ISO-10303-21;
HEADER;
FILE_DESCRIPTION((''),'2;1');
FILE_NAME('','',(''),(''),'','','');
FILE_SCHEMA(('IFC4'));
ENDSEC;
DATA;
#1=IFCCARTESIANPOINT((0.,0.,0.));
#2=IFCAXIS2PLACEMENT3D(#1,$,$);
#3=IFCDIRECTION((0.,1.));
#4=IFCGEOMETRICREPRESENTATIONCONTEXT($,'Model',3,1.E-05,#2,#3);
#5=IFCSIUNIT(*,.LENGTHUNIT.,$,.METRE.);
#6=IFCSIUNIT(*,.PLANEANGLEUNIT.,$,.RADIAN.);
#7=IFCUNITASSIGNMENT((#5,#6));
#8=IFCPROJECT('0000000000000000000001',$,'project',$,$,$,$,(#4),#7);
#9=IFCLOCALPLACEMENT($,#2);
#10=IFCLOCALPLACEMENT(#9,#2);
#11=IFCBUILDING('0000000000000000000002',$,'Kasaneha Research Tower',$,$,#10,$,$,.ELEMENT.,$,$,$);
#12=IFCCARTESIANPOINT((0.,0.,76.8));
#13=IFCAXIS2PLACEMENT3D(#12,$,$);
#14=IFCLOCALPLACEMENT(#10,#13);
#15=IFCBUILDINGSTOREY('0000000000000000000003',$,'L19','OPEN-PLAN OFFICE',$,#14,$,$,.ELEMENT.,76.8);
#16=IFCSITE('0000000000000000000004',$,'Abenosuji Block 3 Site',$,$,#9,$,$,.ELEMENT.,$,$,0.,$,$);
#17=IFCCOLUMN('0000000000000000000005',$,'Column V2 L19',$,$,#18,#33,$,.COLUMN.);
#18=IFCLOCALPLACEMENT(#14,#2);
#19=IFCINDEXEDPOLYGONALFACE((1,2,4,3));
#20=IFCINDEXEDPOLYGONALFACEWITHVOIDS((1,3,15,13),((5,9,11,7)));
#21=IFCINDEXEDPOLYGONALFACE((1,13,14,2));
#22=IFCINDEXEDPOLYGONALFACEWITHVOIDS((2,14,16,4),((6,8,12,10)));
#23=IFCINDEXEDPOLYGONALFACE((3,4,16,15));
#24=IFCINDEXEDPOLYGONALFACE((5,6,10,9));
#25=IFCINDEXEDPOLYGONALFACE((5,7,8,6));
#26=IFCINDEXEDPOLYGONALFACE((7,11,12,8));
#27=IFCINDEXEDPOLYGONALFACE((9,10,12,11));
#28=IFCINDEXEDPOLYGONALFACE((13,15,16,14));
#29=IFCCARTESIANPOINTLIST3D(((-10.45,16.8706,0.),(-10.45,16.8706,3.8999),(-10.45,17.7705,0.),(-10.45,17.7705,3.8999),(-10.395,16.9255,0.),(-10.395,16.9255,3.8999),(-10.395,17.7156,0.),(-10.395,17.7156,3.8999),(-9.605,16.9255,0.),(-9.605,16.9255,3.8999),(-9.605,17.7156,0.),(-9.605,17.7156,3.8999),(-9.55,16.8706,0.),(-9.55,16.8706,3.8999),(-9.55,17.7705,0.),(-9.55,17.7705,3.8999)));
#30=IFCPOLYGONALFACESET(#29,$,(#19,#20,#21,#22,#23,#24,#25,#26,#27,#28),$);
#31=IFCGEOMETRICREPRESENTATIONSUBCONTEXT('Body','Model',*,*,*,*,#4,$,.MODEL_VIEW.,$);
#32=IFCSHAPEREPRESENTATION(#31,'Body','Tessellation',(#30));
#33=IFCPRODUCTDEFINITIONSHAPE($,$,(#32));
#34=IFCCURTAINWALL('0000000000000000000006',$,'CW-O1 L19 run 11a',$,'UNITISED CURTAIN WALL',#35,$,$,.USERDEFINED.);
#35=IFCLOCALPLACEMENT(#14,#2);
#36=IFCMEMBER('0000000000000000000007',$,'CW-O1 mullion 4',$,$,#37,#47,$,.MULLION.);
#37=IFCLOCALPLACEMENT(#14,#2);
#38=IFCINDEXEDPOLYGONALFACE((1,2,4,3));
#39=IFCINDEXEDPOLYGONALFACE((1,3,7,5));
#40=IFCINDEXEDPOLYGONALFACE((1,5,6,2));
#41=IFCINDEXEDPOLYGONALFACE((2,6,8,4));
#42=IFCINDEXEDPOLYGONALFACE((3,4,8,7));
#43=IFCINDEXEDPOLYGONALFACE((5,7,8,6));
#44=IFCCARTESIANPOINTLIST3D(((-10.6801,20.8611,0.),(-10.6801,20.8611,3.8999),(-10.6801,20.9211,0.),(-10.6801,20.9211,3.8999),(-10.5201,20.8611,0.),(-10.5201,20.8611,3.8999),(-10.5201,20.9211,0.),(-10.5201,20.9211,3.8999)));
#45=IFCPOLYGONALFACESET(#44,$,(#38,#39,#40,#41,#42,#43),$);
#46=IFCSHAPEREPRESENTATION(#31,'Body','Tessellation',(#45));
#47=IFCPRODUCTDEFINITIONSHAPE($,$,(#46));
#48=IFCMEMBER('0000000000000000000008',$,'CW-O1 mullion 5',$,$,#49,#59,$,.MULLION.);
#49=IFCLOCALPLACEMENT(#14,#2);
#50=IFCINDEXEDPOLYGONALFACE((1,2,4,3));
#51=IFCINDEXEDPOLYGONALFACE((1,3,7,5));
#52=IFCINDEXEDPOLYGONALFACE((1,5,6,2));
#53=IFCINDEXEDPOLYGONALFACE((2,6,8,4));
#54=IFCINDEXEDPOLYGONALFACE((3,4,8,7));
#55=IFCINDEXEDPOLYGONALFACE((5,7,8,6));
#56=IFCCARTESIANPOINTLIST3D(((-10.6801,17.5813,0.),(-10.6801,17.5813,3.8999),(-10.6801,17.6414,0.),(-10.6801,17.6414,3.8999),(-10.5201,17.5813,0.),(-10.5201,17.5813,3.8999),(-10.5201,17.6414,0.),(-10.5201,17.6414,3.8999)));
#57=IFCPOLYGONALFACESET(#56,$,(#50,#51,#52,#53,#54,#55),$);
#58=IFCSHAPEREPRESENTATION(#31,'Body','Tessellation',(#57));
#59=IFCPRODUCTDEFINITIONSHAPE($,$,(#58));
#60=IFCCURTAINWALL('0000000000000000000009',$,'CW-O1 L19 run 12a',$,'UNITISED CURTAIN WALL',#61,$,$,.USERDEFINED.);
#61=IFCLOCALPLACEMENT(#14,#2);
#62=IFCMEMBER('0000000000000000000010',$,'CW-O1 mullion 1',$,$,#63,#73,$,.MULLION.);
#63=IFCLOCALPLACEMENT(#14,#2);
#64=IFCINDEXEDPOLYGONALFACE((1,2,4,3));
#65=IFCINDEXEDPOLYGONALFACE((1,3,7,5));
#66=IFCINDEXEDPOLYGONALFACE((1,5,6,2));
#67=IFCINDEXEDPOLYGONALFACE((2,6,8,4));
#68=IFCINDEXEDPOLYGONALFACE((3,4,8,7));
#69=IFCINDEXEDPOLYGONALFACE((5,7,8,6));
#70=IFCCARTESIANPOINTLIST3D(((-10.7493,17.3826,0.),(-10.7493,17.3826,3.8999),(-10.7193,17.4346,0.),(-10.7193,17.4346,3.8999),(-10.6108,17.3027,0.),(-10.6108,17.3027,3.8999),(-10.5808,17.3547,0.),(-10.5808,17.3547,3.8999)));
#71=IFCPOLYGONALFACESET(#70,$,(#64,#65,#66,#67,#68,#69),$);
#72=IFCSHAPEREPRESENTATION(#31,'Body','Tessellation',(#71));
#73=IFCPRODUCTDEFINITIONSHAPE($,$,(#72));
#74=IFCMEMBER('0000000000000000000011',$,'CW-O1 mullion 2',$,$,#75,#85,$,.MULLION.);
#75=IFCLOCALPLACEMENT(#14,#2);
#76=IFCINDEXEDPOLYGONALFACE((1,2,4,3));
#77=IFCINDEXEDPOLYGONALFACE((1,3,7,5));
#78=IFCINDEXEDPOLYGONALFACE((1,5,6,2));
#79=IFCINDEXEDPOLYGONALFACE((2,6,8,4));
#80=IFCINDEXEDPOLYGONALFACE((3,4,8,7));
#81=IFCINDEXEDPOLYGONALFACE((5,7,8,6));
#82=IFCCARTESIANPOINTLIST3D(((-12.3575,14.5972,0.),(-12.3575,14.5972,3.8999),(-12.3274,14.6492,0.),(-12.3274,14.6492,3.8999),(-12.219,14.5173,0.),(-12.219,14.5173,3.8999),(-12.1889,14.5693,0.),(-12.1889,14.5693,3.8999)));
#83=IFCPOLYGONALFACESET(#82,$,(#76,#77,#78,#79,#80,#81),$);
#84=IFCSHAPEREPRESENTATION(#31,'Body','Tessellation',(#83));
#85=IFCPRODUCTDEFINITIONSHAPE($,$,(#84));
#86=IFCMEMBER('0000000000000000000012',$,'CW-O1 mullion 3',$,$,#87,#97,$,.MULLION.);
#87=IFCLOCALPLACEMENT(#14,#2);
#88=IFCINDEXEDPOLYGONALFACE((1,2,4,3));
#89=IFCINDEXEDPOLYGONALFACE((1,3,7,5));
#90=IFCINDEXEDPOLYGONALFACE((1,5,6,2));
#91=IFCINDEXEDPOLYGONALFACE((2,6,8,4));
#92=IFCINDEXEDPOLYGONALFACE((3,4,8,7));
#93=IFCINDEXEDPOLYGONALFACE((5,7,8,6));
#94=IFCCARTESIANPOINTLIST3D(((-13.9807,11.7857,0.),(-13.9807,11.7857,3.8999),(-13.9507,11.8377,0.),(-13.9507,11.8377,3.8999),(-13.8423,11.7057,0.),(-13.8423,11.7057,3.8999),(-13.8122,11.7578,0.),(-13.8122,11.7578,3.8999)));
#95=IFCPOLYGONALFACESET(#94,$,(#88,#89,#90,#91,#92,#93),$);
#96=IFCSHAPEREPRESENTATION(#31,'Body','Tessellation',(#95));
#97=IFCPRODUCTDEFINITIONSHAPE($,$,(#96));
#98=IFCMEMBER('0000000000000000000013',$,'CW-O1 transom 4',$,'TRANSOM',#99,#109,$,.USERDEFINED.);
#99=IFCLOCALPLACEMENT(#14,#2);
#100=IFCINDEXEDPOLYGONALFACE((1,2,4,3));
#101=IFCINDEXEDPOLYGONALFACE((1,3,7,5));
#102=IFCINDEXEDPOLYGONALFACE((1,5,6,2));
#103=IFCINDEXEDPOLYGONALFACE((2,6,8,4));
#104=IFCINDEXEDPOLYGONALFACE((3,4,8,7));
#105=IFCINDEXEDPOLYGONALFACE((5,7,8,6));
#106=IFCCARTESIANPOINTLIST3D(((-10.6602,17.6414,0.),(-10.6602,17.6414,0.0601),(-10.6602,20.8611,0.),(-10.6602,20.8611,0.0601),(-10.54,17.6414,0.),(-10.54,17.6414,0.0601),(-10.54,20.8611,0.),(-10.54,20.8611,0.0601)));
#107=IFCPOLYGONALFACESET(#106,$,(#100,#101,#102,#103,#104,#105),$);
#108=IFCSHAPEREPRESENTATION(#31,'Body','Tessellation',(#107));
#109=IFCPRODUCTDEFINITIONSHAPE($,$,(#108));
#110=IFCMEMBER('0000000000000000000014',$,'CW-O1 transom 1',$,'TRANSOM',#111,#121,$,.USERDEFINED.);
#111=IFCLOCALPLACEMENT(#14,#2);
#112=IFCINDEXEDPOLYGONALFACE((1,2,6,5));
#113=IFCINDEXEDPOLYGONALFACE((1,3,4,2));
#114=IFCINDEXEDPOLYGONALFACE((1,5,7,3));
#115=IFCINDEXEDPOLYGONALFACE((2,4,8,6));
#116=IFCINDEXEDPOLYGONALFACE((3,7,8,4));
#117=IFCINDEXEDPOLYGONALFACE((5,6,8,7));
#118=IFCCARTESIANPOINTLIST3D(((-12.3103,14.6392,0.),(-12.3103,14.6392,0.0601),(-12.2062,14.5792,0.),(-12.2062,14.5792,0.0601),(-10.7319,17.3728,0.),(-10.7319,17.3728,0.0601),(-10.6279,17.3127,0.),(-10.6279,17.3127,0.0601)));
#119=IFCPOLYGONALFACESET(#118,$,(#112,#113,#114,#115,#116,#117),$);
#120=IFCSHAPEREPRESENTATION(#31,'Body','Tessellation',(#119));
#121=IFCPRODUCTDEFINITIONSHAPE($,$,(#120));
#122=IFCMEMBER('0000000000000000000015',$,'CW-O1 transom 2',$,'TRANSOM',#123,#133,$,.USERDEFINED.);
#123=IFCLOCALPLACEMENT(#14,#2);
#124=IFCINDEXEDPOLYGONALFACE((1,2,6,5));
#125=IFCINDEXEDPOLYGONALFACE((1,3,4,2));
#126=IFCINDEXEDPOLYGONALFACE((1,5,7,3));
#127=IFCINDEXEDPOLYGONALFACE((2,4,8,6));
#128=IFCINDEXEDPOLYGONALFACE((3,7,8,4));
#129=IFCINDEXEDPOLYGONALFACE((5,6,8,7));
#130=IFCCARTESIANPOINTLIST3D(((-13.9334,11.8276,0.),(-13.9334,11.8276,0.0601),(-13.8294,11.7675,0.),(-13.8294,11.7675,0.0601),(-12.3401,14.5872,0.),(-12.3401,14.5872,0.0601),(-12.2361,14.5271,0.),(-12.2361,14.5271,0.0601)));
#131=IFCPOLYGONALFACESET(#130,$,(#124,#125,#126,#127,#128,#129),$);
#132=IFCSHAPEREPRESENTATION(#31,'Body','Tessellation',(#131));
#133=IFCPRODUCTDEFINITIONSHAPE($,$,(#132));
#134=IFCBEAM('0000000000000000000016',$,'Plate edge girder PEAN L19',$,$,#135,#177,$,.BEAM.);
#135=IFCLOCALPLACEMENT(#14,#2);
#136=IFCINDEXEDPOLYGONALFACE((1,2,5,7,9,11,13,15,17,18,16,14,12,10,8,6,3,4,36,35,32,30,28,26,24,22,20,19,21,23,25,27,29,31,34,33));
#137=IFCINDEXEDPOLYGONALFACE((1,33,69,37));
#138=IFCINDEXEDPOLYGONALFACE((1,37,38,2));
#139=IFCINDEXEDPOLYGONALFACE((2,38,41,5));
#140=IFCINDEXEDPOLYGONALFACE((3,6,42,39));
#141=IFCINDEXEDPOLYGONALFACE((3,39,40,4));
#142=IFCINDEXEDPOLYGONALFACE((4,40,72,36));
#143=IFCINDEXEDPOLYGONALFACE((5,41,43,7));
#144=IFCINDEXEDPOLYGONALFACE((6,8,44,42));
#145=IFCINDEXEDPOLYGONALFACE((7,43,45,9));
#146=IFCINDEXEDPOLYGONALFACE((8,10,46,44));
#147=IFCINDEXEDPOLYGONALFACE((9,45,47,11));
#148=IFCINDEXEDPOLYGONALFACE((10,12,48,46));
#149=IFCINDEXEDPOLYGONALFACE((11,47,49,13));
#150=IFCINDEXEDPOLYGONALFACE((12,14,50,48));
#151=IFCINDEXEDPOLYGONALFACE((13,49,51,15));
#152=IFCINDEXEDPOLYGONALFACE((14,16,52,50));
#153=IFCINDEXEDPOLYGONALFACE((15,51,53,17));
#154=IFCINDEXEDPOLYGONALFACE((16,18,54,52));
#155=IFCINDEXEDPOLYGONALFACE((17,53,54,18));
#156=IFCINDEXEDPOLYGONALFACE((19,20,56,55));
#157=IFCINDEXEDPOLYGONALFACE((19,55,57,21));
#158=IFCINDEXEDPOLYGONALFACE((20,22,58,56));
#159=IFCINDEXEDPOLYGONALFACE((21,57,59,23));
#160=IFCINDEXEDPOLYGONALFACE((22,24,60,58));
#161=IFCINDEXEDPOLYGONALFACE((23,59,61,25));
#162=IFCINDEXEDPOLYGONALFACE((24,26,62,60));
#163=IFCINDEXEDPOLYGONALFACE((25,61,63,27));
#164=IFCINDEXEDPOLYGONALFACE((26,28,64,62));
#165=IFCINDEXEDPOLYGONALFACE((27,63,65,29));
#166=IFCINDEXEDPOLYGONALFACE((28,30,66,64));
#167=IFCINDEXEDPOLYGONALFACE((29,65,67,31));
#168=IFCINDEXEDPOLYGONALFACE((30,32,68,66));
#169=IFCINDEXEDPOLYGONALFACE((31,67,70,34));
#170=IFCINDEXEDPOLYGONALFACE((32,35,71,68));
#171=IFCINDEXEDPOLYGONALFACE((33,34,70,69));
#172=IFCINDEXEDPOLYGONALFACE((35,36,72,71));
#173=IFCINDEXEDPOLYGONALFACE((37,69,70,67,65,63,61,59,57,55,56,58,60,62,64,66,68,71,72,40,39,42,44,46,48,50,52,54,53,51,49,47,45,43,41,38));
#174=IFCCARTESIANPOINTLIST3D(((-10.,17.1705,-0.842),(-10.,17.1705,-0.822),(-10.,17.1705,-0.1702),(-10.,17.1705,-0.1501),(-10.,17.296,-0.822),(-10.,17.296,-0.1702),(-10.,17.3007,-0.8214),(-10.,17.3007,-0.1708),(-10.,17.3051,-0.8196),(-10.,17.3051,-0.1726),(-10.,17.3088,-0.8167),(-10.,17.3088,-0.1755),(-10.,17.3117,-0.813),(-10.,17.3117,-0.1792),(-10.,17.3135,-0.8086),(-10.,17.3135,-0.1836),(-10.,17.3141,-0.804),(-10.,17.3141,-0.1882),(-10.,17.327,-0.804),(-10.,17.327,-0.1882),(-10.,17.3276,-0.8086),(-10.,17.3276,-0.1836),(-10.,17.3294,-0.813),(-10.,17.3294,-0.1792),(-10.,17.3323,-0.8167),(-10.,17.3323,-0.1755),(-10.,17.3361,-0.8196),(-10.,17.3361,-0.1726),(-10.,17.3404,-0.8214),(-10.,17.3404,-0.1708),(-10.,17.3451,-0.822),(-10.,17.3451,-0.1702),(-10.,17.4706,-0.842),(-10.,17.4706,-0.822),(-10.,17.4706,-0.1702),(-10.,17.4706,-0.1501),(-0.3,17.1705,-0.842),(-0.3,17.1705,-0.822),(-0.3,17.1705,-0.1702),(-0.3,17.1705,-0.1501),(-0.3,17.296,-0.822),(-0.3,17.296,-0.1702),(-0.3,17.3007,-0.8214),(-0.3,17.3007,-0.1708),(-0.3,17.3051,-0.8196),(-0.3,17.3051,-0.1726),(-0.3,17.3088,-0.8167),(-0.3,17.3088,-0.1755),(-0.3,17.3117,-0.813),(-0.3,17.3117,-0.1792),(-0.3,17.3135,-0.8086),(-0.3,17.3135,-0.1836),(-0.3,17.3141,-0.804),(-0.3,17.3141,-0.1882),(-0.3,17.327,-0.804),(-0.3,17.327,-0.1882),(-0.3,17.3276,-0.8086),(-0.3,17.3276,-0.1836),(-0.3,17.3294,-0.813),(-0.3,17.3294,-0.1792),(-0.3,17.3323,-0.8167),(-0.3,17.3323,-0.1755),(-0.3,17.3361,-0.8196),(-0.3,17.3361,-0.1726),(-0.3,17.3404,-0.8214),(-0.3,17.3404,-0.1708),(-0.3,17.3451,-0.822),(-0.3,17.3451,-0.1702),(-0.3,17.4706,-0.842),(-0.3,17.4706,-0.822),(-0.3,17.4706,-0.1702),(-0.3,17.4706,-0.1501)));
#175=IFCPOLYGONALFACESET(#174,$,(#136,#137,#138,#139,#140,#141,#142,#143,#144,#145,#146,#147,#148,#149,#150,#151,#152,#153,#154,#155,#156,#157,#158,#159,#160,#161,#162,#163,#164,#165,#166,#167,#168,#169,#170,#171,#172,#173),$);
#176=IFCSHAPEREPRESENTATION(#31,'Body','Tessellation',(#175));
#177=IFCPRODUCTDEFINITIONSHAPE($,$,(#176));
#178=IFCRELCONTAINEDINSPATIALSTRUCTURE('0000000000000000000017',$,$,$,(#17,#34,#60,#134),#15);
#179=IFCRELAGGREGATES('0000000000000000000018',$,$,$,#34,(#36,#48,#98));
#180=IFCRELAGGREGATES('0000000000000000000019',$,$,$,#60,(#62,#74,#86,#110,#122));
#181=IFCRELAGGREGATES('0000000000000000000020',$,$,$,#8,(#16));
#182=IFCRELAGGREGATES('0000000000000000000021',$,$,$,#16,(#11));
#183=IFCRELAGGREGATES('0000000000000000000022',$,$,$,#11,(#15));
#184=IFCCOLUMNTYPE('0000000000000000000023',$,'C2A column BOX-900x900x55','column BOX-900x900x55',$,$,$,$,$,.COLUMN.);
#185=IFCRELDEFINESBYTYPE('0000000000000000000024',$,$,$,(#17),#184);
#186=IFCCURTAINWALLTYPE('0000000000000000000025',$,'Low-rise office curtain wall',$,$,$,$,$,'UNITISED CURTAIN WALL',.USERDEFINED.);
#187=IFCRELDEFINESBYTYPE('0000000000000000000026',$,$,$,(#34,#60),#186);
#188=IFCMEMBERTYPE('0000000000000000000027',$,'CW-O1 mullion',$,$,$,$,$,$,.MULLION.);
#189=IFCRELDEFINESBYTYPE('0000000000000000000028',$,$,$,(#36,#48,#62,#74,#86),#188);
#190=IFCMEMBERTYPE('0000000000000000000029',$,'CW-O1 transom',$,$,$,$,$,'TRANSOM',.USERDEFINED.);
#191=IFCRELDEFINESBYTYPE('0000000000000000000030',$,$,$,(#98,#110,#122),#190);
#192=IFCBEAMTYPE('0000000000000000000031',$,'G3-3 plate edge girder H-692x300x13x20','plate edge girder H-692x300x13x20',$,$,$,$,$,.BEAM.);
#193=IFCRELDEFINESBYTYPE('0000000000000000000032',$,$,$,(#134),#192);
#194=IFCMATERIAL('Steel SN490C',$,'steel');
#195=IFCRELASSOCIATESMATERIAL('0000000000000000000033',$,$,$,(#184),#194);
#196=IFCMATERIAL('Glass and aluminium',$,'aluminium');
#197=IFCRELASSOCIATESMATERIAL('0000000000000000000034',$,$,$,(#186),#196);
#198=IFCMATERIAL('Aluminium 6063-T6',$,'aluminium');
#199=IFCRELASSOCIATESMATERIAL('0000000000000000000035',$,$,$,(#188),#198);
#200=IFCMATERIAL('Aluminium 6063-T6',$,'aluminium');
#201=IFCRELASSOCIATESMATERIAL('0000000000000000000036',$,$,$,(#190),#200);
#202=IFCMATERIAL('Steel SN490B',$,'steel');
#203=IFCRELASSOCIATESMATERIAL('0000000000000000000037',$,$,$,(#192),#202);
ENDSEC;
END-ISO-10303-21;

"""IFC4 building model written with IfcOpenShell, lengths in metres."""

from ifc_helpers import new_model, si_unit, direction, frame, origin, origin_2d, place, context, subcontext, project, spatial, rectangle, hollow_rectangle, i_section, extrude, material, material_profile, profile_set, type_object, element, aggregate, save


model = new_model("IFC4")

# Units and contexts
model_context = context("Model", 3, precision=1e-05, world=origin(), true_north=direction((0.0, 1.0)))
body_context = subcontext(model_context, "Body", "Model", "MODEL_VIEW")
ifc_project = project(units=[si_unit("LENGTHUNIT", "METRE"), si_unit("PLANEANGLEUNIT", "RADIAN")], contexts=[model_context])

# Site, building, storey
site_placement = place(None, origin())
site = spatial("IfcSite", under=ifc_project, at=site_placement, Name="Abenosuji Block 3 Site", CompositionType="ELEMENT", RefElevation=0.0)
building_placement = place(site_placement, origin())
building = spatial("IfcBuilding", under=site, at=building_placement, Name="Kasaneha Research Tower", CompositionType="ELEMENT")
storey_placement = place(building_placement, frame((0.0, 0.0, 76.8)))
storey = spatial("IfcBuildingStorey", under=building, at=storey_placement, Name="L19", Description="OPEN-PLAN OFFICE", CompositionType="ELEMENT", Elevation=76.8)

# Column
ifc_material_1 = material(Name="Steel SN490C", Category="steel")
ifc_material_profile_1 = material_profile(ifc_material_1, hollow_rectangle(XDim=0.8999, YDim=0.8999, WallThickness=0.0549, at=origin_2d()), Name="BOX-900x900x55")
ifc_profile_set_1 = profile_set([ifc_material_profile_1], Name="Steel SN490C")
column_type = type_object("IfcColumnType", Name="C2A column BOX-900x900x55", Description="column BOX-900x900x55", PredefinedType="COLUMN", material=ifc_profile_set_1)
column_placement = place(storey_placement, frame((-10.0, 17.3206, 0.0), z_axis=(0.0, 0.0, 1.0), x_axis=(1.0, 0.0, 0.0)))
element("IfcColumn", 1, at=column_placement, inside=storey, type_object=column_type, Name="Column V2 L19", PredefinedType="COLUMN", context=body_context, shape_type="SweptSolid", body=[
    extrude(hollow_rectangle(XDim=0.8999, YDim=0.8999, WallThickness=0.0549, at=origin_2d()), origin(), (0.0, 0.0, 1.0), 3.8999),
])

# Curtain walls, members
ifc_material_2 = material(Name="Glass and aluminium", Category="aluminium")
curtain_wall_type = type_object("IfcCurtainWallType", Name="Low-rise office curtain wall", ElementType="UNITISED CURTAIN WALL", PredefinedType="USERDEFINED", material=ifc_material_2)
curtain_wall_1_placement = place(storey_placement, origin())
curtain_wall_1 = element("IfcCurtainWall", 2, at=curtain_wall_1_placement, inside=storey, type_object=curtain_wall_type, Name="CW-O1 L19 run 11a", ObjectType="UNITISED CURTAIN WALL", PredefinedType="USERDEFINED")
ifc_material_3 = material(Name="Aluminium 6063-T6", Category="aluminium")
ifc_material_profile_2 = material_profile(ifc_material_3, rectangle(XDim=0.0601, YDim=0.1599, at=origin_2d()), Name="CW-O1 mullion 60x160")
ifc_profile_set_2 = profile_set([ifc_material_profile_2], Name="Aluminium 6063-T6")
member_type_1 = type_object("IfcMemberType", Name="CW-O1 mullion", PredefinedType="MULLION", material=ifc_profile_set_2)
member_1_placement = place(storey_placement, frame((-10.6001, 20.8911, 0.0), z_axis=(0.0, 0.0, 1.0), x_axis=(0.0, -1.0, 0.0)))
member_1 = element("IfcMember", 3, at=member_1_placement, type_object=member_type_1, Name="CW-O1 mullion 4", PredefinedType="MULLION", context=body_context, shape_type="SweptSolid", body=[
    extrude(rectangle(XDim=0.0601, YDim=0.1599, at=origin_2d()), origin(), (0.0, 0.0, 1.0), 3.8999),
])
member_2_placement = place(storey_placement, frame((-10.6001, 17.6113, 0.0), z_axis=(0.0, 0.0, 1.0), x_axis=(0.0, -1.0, 0.0)))
member_2 = element("IfcMember", 4, at=member_2_placement, type_object=member_type_1, Name="CW-O1 mullion 5", PredefinedType="MULLION", context=body_context, shape_type="SweptSolid", body=[
    extrude(rectangle(XDim=0.0601, YDim=0.1599, at=origin_2d()), origin(), (0.0, 0.0, 1.0), 3.8999),
])
curtain_wall_2_placement = place(storey_placement, origin())
curtain_wall_2 = element("IfcCurtainWall", 5, at=curtain_wall_2_placement, inside=storey, type_object=curtain_wall_type, Name="CW-O1 L19 run 12a", ObjectType="UNITISED CURTAIN WALL", PredefinedType="USERDEFINED")
member_3_placement = place(storey_placement, frame((-10.665, 17.3687, 0.0), z_axis=(0.0, 0.0, 1.0), x_axis=(-0.5, -0.866025, 0.0)))
member_3 = element("IfcMember", 6, at=member_3_placement, type_object=member_type_1, Name="CW-O1 mullion 1", PredefinedType="MULLION", context=body_context, shape_type="SweptSolid", body=[
    extrude(rectangle(XDim=0.0601, YDim=0.1599, at=origin_2d()), origin(), (0.0, 0.0, 1.0), 3.8999),
])
member_4_placement = place(storey_placement, frame((-12.2732, 14.5833, 0.0), z_axis=(0.0, 0.0, 1.0), x_axis=(-0.5, -0.866025, 0.0)))
member_4 = element("IfcMember", 7, at=member_4_placement, type_object=member_type_1, Name="CW-O1 mullion 2", PredefinedType="MULLION", context=body_context, shape_type="SweptSolid", body=[
    extrude(rectangle(XDim=0.0601, YDim=0.1599, at=origin_2d()), origin(), (0.0, 0.0, 1.0), 3.8999),
])
member_5_placement = place(storey_placement, frame((-13.8965, 11.7717, 0.0), z_axis=(0.0, 0.0, 1.0), x_axis=(-0.5, -0.866025, 0.0)))
member_5 = element("IfcMember", 8, at=member_5_placement, type_object=member_type_1, Name="CW-O1 mullion 3", PredefinedType="MULLION", context=body_context, shape_type="SweptSolid", body=[
    extrude(rectangle(XDim=0.0601, YDim=0.1599, at=origin_2d()), origin(), (0.0, 0.0, 1.0), 3.8999),
])

# Members
ifc_material_4 = material(Name="Aluminium 6063-T6", Category="aluminium")
ifc_material_profile_3 = material_profile(ifc_material_4, rectangle(XDim=0.1201, YDim=0.0601, at=origin_2d()), Name="CW-O1 transom 120x60")
ifc_profile_set_3 = profile_set([ifc_material_profile_3], Name="Aluminium 6063-T6")
member_type_2 = type_object("IfcMemberType", Name="CW-O1 transom", ElementType="TRANSOM", PredefinedType="USERDEFINED", material=ifc_profile_set_3)
member_6_placement = place(storey_placement, frame((-10.6001, 20.8611, 0.03), z_axis=(0.0, -1.0, 0.0), x_axis=(1.0, 0.0, 0.0)))
member_6 = element("IfcMember", 9, at=member_6_placement, type_object=member_type_2, Name="CW-O1 transom 4", ObjectType="TRANSOM", PredefinedType="USERDEFINED", context=body_context, shape_type="SweptSolid", body=[
    extrude(rectangle(XDim=0.1201, YDim=0.0601, at=origin_2d()), origin(), (0.0, 0.0, 1.0), 3.2197),
])
member_7_placement = place(storey_placement, frame((-10.6799, 17.3428, 0.03), z_axis=(-0.500024, -0.866012, 0.0), x_axis=(0.866012, -0.500024, 0.0)))
member_7 = element("IfcMember", 10, at=member_7_placement, type_object=member_type_2, Name="CW-O1 transom 1", ObjectType="TRANSOM", PredefinedType="USERDEFINED", context=body_context, shape_type="SweptSolid", body=[
    extrude(rectangle(XDim=0.1201, YDim=0.0601, at=origin_2d()), origin(), (0.0, 0.0, 1.0), 3.1565),
])
member_8_placement = place(storey_placement, frame((-12.2881, 14.5571, 0.03), z_axis=(-0.500012, -0.866018, 0.0), x_axis=(0.866018, -0.500012, 0.0)))
member_8 = element("IfcMember", 11, at=member_8_placement, type_object=member_type_2, Name="CW-O1 transom 2", ObjectType="TRANSOM", PredefinedType="USERDEFINED", context=body_context, shape_type="SweptSolid", body=[
    extrude(rectangle(XDim=0.1201, YDim=0.0601, at=origin_2d()), origin(), (0.0, 0.0, 1.0), 3.1865),
])

# Beam
ifc_material_5 = material(Name="Steel SN490B", Category="steel")
ifc_material_profile_4 = material_profile(ifc_material_5, i_section(OverallWidth=0.3, OverallDepth=0.6919, WebThickness=0.0129, FlangeThickness=0.02, FilletRadius=0.0181, at=origin_2d()), Name="H-692x300x13x20")
ifc_profile_set_4 = profile_set([ifc_material_profile_4], Name="Steel SN490B")
beam_type_1 = type_object("IfcBeamType", Name="G3-3 plate edge girder H-692x300x13x20", Description="plate edge girder H-692x300x13x20", PredefinedType="BEAM", material=ifc_profile_set_4)
beam_1_placement = place(storey_placement, frame((-10.0, 17.3206, -0.4961), z_axis=(1.0, 0.0, 0.0), x_axis=(0.0, 1.0, 0.0)))
element("IfcBeam", 12, at=beam_1_placement, inside=storey, type_object=beam_type_1, Name="Plate edge girder PEAN L19", PredefinedType="BEAM", context=body_context, shape_type="SweptSolid", body=[
    extrude(i_section(OverallWidth=0.3, OverallDepth=0.6919, WebThickness=0.0129, FlangeThickness=0.02, FilletRadius=0.0181, at=origin_2d()), origin(), (0.0, 0.0, 1.0), 9.7),
])

aggregate(curtain_wall_1, [member_1, member_2, member_6])
aggregate(curtain_wall_2, [member_3, member_4, member_5, member_7, member_8])

save(model, "model.ifc")
